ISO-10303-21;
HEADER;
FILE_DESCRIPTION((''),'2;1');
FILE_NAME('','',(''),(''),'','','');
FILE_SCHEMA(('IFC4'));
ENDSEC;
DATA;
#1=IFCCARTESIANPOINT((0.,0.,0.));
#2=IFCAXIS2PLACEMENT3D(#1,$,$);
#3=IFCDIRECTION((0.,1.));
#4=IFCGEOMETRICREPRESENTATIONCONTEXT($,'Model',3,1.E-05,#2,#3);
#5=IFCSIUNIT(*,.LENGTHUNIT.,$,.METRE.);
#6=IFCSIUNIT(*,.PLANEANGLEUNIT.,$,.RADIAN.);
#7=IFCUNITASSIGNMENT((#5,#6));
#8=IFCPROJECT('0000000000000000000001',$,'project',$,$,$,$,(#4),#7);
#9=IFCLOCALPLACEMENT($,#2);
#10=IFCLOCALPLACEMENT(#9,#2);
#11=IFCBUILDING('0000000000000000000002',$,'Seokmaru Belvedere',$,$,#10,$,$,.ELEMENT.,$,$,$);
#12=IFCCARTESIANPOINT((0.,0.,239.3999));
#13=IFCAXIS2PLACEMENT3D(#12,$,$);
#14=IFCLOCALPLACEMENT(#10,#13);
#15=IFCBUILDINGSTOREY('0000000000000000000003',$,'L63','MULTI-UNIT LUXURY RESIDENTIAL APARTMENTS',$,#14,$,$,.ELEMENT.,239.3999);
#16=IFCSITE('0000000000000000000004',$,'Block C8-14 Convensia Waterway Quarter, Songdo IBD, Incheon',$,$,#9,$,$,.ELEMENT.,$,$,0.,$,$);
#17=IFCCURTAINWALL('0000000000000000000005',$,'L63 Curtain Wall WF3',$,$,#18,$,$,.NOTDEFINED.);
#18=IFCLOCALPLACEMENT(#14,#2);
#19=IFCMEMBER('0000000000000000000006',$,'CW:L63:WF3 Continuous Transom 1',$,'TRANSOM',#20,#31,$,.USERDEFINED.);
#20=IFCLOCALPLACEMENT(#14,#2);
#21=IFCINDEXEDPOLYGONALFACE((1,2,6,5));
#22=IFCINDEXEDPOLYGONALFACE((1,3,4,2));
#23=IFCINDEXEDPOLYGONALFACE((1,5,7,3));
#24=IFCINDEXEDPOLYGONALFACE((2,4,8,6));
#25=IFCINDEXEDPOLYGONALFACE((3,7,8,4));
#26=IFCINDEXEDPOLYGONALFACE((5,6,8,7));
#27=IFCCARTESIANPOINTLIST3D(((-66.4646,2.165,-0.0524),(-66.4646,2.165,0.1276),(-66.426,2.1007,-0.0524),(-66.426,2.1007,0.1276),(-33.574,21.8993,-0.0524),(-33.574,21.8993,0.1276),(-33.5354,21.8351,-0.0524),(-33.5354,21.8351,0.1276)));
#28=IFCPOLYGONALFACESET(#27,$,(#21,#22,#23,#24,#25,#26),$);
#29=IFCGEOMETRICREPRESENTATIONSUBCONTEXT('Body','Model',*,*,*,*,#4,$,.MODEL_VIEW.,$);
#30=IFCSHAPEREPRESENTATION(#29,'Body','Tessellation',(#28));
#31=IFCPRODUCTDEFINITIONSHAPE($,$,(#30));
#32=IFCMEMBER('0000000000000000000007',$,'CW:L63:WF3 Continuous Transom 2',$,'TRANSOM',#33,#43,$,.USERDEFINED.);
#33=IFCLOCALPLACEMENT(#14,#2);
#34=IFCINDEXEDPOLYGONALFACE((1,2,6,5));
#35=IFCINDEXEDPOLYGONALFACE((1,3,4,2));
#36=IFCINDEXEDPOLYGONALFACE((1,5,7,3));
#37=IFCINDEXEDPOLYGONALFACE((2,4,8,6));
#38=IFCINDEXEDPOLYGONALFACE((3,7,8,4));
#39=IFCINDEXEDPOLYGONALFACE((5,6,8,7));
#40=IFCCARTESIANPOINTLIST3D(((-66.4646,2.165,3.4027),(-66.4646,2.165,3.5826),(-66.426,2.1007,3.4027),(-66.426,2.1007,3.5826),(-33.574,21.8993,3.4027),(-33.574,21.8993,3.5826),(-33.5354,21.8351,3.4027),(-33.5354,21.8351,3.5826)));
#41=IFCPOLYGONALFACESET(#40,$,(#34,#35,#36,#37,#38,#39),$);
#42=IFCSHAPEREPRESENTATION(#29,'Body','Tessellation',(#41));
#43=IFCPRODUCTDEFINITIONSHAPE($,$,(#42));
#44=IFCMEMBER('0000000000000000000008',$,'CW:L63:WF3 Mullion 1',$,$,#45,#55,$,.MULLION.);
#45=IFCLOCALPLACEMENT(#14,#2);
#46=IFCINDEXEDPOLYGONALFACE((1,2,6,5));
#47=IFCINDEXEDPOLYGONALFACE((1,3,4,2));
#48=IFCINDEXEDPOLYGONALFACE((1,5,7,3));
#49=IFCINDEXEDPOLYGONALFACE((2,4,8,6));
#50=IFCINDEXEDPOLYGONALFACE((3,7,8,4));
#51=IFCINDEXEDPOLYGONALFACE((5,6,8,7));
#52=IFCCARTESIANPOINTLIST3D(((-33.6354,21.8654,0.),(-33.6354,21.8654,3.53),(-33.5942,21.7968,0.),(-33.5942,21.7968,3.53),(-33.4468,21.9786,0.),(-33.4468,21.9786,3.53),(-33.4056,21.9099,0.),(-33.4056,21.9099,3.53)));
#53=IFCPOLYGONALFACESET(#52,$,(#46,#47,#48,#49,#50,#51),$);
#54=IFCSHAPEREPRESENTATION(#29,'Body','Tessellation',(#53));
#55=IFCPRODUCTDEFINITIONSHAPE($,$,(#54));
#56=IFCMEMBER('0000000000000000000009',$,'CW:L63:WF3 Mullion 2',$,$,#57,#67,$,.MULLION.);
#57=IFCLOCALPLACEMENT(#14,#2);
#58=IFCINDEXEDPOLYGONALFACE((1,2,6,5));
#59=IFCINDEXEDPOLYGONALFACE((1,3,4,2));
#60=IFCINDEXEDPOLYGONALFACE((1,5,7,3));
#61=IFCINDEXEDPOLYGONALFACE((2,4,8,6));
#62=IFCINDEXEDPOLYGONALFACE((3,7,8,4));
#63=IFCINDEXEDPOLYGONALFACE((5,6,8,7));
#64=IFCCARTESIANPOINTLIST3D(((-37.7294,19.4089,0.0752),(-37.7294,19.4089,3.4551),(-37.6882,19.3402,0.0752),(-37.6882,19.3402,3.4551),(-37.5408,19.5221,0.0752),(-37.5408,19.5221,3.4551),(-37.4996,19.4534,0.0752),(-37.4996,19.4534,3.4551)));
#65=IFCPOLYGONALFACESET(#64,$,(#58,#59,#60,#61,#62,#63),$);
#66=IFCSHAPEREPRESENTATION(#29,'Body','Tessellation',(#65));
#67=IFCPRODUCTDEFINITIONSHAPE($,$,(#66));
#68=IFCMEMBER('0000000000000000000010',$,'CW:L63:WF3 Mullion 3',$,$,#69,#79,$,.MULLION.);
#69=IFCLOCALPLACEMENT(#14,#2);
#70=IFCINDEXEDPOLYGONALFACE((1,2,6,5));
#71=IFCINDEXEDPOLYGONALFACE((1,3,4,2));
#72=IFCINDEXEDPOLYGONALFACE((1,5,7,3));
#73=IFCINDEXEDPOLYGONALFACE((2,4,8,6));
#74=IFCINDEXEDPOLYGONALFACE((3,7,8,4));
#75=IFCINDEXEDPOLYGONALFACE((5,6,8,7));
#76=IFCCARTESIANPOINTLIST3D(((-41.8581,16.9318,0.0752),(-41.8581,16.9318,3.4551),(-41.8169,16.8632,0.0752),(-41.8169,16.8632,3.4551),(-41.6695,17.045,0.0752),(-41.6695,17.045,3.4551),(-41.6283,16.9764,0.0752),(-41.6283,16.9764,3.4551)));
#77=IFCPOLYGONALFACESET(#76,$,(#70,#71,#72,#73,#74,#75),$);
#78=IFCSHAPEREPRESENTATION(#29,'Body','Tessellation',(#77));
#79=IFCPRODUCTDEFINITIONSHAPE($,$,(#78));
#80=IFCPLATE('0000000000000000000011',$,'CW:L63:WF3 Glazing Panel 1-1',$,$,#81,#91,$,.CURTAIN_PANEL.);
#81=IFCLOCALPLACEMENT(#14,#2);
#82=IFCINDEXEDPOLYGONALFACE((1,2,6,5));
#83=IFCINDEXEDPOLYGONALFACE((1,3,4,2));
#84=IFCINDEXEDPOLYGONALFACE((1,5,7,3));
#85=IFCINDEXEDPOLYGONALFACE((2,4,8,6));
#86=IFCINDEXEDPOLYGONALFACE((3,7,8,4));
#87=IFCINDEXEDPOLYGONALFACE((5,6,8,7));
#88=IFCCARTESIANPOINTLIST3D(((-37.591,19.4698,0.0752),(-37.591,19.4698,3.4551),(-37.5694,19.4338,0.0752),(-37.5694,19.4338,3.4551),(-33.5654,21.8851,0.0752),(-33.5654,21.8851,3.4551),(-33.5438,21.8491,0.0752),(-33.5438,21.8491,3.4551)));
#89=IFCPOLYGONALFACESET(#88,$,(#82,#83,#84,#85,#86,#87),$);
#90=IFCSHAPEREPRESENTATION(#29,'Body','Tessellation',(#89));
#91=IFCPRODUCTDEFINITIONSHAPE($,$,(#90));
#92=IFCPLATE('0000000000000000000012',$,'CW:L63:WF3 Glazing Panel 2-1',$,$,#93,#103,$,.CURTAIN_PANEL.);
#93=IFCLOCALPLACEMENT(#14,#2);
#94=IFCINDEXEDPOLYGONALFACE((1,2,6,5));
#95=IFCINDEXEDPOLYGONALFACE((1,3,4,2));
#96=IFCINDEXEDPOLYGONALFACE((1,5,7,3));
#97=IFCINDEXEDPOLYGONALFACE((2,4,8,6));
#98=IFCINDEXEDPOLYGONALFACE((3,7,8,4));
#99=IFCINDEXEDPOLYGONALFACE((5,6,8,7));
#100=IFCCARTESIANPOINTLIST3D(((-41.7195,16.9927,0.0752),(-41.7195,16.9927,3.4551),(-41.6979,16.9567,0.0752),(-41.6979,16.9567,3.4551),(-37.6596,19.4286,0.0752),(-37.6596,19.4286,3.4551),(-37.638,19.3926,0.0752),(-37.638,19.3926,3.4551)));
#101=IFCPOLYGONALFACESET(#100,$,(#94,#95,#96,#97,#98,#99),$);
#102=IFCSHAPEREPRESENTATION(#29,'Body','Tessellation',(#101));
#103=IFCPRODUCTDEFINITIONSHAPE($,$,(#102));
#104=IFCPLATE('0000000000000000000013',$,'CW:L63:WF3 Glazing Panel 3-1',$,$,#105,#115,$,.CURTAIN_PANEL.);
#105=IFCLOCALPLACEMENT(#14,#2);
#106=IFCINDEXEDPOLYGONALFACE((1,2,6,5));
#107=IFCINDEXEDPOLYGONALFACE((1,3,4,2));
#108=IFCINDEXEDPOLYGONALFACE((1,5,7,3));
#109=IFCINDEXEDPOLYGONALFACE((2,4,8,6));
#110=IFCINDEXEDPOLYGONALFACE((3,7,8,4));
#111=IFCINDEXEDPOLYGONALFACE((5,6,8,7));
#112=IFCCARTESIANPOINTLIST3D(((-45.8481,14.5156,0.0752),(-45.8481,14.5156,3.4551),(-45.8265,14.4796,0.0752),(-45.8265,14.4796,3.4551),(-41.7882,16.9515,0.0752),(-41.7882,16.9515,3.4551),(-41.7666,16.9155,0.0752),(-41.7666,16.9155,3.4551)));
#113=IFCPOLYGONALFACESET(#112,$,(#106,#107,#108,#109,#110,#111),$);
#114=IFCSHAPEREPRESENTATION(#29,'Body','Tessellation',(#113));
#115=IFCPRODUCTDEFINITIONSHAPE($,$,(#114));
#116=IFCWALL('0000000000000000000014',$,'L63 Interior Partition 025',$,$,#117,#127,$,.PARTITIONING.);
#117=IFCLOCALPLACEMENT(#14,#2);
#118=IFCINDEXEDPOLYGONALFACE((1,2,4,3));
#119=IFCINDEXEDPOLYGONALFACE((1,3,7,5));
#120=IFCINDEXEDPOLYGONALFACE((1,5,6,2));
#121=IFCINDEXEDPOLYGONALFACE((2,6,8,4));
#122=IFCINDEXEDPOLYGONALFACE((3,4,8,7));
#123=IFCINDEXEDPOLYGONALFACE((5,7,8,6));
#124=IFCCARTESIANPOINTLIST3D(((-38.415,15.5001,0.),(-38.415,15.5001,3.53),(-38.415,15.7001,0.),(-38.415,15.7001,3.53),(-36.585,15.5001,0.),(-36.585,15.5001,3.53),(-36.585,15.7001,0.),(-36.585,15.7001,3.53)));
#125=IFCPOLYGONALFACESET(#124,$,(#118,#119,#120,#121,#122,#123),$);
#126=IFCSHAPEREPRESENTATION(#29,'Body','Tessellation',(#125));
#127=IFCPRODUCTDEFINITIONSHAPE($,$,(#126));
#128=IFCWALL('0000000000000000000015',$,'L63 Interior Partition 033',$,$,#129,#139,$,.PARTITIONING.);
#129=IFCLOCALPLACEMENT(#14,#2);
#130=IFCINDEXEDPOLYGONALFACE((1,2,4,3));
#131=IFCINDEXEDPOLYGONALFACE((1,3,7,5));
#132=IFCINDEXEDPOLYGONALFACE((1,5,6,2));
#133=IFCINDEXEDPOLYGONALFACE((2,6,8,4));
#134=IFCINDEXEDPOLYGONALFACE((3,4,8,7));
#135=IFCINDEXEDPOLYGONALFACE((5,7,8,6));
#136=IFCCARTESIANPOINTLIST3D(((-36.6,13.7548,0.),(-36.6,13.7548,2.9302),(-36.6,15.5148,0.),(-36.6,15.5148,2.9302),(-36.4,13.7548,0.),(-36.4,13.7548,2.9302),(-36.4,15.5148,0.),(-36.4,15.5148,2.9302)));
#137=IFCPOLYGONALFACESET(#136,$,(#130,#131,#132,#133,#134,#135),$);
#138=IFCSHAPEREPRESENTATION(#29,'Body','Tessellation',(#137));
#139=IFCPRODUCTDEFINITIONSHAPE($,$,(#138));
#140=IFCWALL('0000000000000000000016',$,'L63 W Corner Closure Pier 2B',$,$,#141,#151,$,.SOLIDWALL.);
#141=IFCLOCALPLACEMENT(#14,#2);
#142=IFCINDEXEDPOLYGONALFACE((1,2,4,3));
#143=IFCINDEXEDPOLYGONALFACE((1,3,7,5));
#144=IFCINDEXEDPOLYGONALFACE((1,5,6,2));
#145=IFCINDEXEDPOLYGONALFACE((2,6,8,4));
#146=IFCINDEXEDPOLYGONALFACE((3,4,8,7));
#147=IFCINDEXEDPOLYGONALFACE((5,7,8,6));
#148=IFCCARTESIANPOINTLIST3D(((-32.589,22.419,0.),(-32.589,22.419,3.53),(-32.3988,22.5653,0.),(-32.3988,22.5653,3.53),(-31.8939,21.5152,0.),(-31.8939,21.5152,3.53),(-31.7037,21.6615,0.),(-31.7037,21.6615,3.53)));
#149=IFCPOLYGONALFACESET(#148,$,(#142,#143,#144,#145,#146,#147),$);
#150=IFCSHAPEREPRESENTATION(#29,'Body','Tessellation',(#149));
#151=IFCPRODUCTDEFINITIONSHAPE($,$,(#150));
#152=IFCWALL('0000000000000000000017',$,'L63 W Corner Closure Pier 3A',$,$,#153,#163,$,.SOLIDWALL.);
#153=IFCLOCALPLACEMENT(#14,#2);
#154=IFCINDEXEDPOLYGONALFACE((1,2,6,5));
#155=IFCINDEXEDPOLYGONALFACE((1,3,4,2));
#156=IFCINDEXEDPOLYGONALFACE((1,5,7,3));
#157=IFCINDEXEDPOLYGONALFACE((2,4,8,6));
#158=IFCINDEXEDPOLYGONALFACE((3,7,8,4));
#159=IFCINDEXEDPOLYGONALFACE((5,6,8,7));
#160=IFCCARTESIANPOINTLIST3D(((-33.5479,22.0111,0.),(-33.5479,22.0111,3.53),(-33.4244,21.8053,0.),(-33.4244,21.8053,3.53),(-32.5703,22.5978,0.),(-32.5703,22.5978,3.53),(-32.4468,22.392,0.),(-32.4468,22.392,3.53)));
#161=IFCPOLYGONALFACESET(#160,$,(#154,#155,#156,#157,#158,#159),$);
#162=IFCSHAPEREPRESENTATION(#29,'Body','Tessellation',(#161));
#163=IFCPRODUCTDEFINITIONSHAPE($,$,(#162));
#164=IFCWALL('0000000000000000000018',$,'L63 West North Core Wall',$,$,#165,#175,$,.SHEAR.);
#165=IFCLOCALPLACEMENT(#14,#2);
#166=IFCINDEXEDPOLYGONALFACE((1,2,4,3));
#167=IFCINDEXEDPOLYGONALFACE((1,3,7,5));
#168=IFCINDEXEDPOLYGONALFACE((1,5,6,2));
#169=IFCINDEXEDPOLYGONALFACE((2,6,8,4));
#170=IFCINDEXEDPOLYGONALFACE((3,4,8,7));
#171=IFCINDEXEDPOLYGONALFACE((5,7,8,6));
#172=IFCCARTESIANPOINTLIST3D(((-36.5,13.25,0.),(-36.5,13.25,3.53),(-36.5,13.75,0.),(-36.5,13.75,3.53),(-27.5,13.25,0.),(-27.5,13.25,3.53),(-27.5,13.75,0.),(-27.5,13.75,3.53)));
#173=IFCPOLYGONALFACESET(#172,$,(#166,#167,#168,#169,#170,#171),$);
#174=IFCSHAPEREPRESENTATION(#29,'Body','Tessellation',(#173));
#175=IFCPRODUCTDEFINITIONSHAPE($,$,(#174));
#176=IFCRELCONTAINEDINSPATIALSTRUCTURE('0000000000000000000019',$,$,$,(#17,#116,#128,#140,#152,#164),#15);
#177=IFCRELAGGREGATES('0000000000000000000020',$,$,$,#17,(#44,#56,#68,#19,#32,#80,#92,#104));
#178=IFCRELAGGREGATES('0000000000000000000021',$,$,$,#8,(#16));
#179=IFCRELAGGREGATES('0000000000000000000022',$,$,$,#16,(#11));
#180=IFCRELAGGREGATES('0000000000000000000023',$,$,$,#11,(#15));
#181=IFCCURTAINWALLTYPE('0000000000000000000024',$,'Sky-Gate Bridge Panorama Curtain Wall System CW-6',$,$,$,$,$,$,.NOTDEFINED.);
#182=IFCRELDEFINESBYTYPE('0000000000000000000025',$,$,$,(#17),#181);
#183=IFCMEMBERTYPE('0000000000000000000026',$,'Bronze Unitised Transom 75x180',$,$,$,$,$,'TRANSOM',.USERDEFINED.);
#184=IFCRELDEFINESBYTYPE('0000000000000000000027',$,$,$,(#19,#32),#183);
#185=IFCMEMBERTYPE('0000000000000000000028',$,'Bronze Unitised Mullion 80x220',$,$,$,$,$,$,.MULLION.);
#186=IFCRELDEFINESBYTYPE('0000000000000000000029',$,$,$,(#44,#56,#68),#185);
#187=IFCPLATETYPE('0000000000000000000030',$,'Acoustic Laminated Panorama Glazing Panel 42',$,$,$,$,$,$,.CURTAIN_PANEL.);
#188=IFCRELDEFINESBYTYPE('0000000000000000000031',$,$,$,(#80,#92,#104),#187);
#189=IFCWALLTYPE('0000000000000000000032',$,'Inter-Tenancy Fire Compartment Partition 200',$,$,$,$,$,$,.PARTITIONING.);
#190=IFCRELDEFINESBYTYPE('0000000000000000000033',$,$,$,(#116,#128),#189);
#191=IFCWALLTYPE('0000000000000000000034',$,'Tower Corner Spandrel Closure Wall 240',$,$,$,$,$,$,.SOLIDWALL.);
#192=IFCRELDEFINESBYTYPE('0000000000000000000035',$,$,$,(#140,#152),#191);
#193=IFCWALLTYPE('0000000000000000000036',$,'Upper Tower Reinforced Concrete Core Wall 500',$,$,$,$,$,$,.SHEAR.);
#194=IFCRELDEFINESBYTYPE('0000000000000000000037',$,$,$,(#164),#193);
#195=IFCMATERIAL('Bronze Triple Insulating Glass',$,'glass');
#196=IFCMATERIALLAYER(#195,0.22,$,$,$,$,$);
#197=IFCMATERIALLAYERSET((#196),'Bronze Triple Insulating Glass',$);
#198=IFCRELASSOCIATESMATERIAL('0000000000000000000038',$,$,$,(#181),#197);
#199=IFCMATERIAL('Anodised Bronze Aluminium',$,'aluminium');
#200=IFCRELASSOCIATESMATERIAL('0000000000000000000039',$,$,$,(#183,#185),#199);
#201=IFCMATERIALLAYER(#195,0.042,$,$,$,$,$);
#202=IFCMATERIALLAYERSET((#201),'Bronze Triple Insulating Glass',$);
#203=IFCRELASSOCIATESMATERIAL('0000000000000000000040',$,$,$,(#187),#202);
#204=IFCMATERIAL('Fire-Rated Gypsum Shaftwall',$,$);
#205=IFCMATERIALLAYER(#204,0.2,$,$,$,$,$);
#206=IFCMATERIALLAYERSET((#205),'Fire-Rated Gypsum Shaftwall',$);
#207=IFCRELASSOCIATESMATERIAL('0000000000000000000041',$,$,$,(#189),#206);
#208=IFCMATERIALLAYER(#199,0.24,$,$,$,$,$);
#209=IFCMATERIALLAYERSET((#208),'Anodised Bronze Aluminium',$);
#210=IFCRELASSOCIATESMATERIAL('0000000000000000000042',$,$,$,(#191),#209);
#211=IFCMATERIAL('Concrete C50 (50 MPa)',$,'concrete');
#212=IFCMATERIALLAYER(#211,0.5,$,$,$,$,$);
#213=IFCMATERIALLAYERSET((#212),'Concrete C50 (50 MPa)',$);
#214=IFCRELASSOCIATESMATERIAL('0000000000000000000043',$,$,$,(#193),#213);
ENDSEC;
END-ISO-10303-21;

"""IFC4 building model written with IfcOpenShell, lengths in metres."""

from ifc_helpers import new_model, si_unit, direction, frame, frame_2d, origin, origin_2d, place, context, subcontext, project, spatial, rectangle, extrude, source, transform, mapped, material, layer, layer_set, material_profile, profile_set, type_object, type_shapes, element, aggregate, save


model = new_model("IFC4")

# Units and contexts
model_context = context("Model", 3, precision=1e-05, world=origin(), true_north=direction((0.0, 1.0)))
body_context = subcontext(model_context, "Body", "Model", "MODEL_VIEW")
ifc_project = project(units=[si_unit("LENGTHUNIT", "METRE"), si_unit("PLANEANGLEUNIT", "RADIAN")], contexts=[model_context])

# Site, building, storey
site_placement = place(None, origin())
site = spatial("IfcSite", under=ifc_project, at=site_placement, Name="Block C8-14 Convensia Waterway Quarter, Songdo IBD, Incheon", CompositionType="ELEMENT", RefElevation=0.0)
building_placement = place(site_placement, origin())
building = spatial("IfcBuilding", under=site, at=building_placement, Name="Seokmaru Belvedere", CompositionType="ELEMENT")
storey_placement = place(building_placement, frame((0.0, 0.0, 239.3999)))
storey = spatial("IfcBuildingStorey", under=building, at=storey_placement, Name="L63", Description="MULTI-UNIT LUXURY RESIDENTIAL APARTMENTS", CompositionType="ELEMENT", Elevation=239.3999)

# Curtain wall, members, plates
ifc_material_1 = material(Name="Bronze Triple Insulating Glass", Category="glass")
ifc_layer_1 = layer(ifc_material_1, 0.22)
ifc_layer_set_1 = layer_set([ifc_layer_1], Name="Bronze Triple Insulating Glass")
curtain_wall_type = type_object("IfcCurtainWallType", Name="Sky-Gate Bridge Panorama Curtain Wall System CW-6", PredefinedType="NOTDEFINED", material=ifc_layer_set_1)
curtain_wall_placement = place(storey_placement, origin())
curtain_wall = element("IfcCurtainWall", 1, at=curtain_wall_placement, inside=storey, type_object=curtain_wall_type, Name="L63 Curtain Wall WF3", PredefinedType="NOTDEFINED")
ifc_material_2 = material(Name="Anodised Bronze Aluminium", Category="aluminium")
ifc_material_profile_1 = material_profile(ifc_material_2, rectangle(XDim=0.075, YDim=0.1799, at=origin_2d()), Name="CW-T-75x180")
ifc_profile_set_1 = profile_set([ifc_material_profile_1], Name="Anodised Bronze Aluminium")
member_type_1 = type_object("IfcMemberType", Name="Bronze Unitised Transom 75x180", ElementType="TRANSOM", PredefinedType="USERDEFINED", material=ifc_profile_set_1)
shared_shape_1 = source(origin(), body_context, "Body", "SweptSolid", [
    extrude(rectangle(XDim=0.075, YDim=0.1799, at=origin_2d()), origin(), (0.0, 0.0, 1.0), 38.3567),
])
type_shapes(member_type_1, [shared_shape_1])
member_1_placement = place(storey_placement, frame((-33.5547, 21.8672, 0.0376), z_axis=(-0.857493, -0.514496, 0.0), x_axis=(0.514496, -0.857493, 0.0)))
member_1 = element("IfcMember", 2, at=member_1_placement, type_object=member_type_1, Name="CW:L63:WF3 Continuous Transom 1", ObjectType="TRANSOM", PredefinedType="USERDEFINED", context=body_context, shape_type="MappedRepresentation", body=[
    mapped(shared_shape_1, transform((0.0, 0.0, 0.0), scale=1.0)),
])
member_2_placement = place(storey_placement, frame((-33.5547, 21.8672, 3.4927), z_axis=(-0.857493, -0.514496, 0.0), x_axis=(0.514496, -0.857493, 0.0)))
member_2 = element("IfcMember", 3, at=member_2_placement, type_object=member_type_1, Name="CW:L63:WF3 Continuous Transom 2", ObjectType="TRANSOM", PredefinedType="USERDEFINED", context=body_context, shape_type="MappedRepresentation", body=[
    mapped(shared_shape_1, transform((0.0, 0.0, 0.0), scale=1.0)),
])
ifc_material_profile_2 = material_profile(ifc_material_2, rectangle(XDim=0.0801, YDim=0.22, at=origin_2d()), Name="CW-M-80x220")
ifc_profile_set_2 = profile_set([ifc_material_profile_2], Name="Anodised Bronze Aluminium")
member_type_2 = type_object("IfcMemberType", Name="Bronze Unitised Mullion 80x220", PredefinedType="MULLION", material=ifc_profile_set_2)
shared_shape_2 = source(origin(), body_context, "Body", "SweptSolid", [
    extrude(rectangle(XDim=0.0801, YDim=0.22, at=origin_2d()), origin(), (0.0, 0.0, 1.0), 3.53),
])
member_3_placement = place(storey_placement, frame((-33.5205, 21.8877, 0.0), z_axis=(0.0, 0.0, 1.0), x_axis=(0.514495, -0.857493, 0.0)))
member_3 = element("IfcMember", 4, at=member_3_placement, type_object=member_type_2, Name="CW:L63:WF3 Mullion 1", PredefinedType="MULLION", context=body_context, shape_type="MappedRepresentation", body=[
    mapped(shared_shape_2, transform((0.0, 0.0, 0.0), scale=1.0)),
])
shared_shape_3 = source(origin(), body_context, "Body", "SweptSolid", [
    extrude(rectangle(XDim=0.0801, YDim=0.22, at=origin_2d()), origin(), (0.0, 0.0, 1.0), 3.3799),
])
type_shapes(member_type_2, [shared_shape_2, shared_shape_3])
member_4_placement = place(storey_placement, frame((-37.6145, 19.4312, 0.0752), z_axis=(0.0, 0.0, 1.0), x_axis=(0.514495, -0.857493, 0.0)))
member_4 = element("IfcMember", 5, at=member_4_placement, type_object=member_type_2, Name="CW:L63:WF3 Mullion 2", PredefinedType="MULLION", context=body_context, shape_type="MappedRepresentation", body=[
    mapped(shared_shape_3, transform((0.0, 0.0, 0.0), scale=1.0)),
])
member_5_placement = place(storey_placement, frame((-41.7432, 16.9541, 0.0752), z_axis=(0.0, 0.0, 1.0), x_axis=(0.514495, -0.857493, 0.0)))
member_5 = element("IfcMember", 6, at=member_5_placement, type_object=member_type_2, Name="CW:L63:WF3 Mullion 3", PredefinedType="MULLION", context=body_context, shape_type="MappedRepresentation", body=[
    mapped(shared_shape_3, transform((0.0, 0.0, 0.0), scale=1.0)),
])
ifc_layer_2 = layer(ifc_material_1, 0.042)
ifc_layer_set_2 = layer_set([ifc_layer_2], Name="Bronze Triple Insulating Glass")
plate_type = type_object("IfcPlateType", Name="Acoustic Laminated Panorama Glazing Panel 42", PredefinedType="CURTAIN_PANEL", material=ifc_layer_set_2)
shared_shape_4 = source(origin(), body_context, "Body", "SweptSolid", [
    extrude(rectangle(XDim=4.6946, YDim=0.042, at=origin_2d()), origin(), (0.0, 0.0, 1.0), 3.3799),
])
plate_1_placement = place(storey_placement, frame((-35.5674, 20.6594, 0.0752), z_axis=(0.0, 0.0, 1.0), x_axis=(-0.857493, -0.514495, 0.0)))
plate_1 = element("IfcPlate", 7, at=plate_1_placement, type_object=plate_type, Name="CW:L63:WF3 Glazing Panel 1-1", PredefinedType="CURTAIN_PANEL", context=body_context, shape_type="MappedRepresentation", body=[
    mapped(shared_shape_4, transform((0.0, 0.0, 0.0), scale=1.0)),
])
shared_shape_5 = source(origin(), body_context, "Body", "SweptSolid", [
    extrude(rectangle(XDim=4.7346, YDim=0.042, at=origin_2d()), origin(), (0.0, 0.0, 1.0), 3.3799),
])
type_shapes(plate_type, [shared_shape_4, shared_shape_5])
plate_2_placement = place(storey_placement, frame((-39.6787, 18.1926, 0.0752), z_axis=(0.0, 0.0, 1.0), x_axis=(-0.857493, -0.514495, 0.0)))
plate_2 = element("IfcPlate", 8, at=plate_2_placement, type_object=plate_type, Name="CW:L63:WF3 Glazing Panel 2-1", PredefinedType="CURTAIN_PANEL", context=body_context, shape_type="MappedRepresentation", body=[
    mapped(shared_shape_5, transform((0.0, 0.0, 0.0), scale=1.0)),
])
plate_3_placement = place(storey_placement, frame((-43.8074, 15.7156, 0.0752), z_axis=(0.0, 0.0, 1.0), x_axis=(-0.857493, -0.514495, 0.0)))
plate_3 = element("IfcPlate", 9, at=plate_3_placement, type_object=plate_type, Name="CW:L63:WF3 Glazing Panel 3-1", PredefinedType="CURTAIN_PANEL", context=body_context, shape_type="MappedRepresentation", body=[
    mapped(shared_shape_5, transform((0.0, 0.0, 0.0), scale=1.0)),
])
aggregate(curtain_wall, [member_3, member_4, member_5, member_1, member_2, plate_1, plate_2, plate_3])

# Walls
ifc_material_3 = material(Name="Fire-Rated Gypsum Shaftwall")
ifc_layer_3 = layer(ifc_material_3, 0.2)
ifc_layer_set_3 = layer_set([ifc_layer_3], Name="Fire-Rated Gypsum Shaftwall")
wall_type_1 = type_object("IfcWallType", Name="Inter-Tenancy Fire Compartment Partition 200", PredefinedType="PARTITIONING", material=ifc_layer_set_3)
wall_1_placement = place(storey_placement, frame((-38.415, 15.6001, 0.0), z_axis=(0.0, 0.0, 1.0), x_axis=(1.0, 0.0, 0.0)))
element("IfcWall", 10, at=wall_1_placement, inside=storey, type_object=wall_type_1, Name="L63 Interior Partition 025", PredefinedType="PARTITIONING", context=body_context, shape_type="SweptSolid", body=[
    extrude(rectangle(XDim=1.8301, YDim=0.2, at=frame_2d((0.915, 0.0))), origin(), (0.0, 0.0, 1.0), 3.53),
])
wall_2_placement = place(storey_placement, frame((-36.5, 13.7549, 0.0), z_axis=(0.0, 0.0, 1.0), x_axis=(0.0, 1.0, 0.0)))
element("IfcWall", 11, at=wall_2_placement, inside=storey, type_object=wall_type_1, Name="L63 Interior Partition 033", PredefinedType="PARTITIONING", context=body_context, shape_type="SweptSolid", body=[
    extrude(rectangle(XDim=1.76, YDim=0.2, at=frame_2d((0.8799, 0.0))), origin(), (0.0, 0.0, 1.0), 2.9302),
])
ifc_layer_4 = layer(ifc_material_2, 0.24)
ifc_layer_set_4 = layer_set([ifc_layer_4], Name="Anodised Bronze Aluminium")
wall_type_2 = type_object("IfcWallType", Name="Tower Corner Spandrel Closure Wall 240", PredefinedType="SOLIDWALL", material=ifc_layer_set_4)
for number, where, z_axis, x_axis, name in (
    (12, (-31.7988, 21.5884, 0.0), (0.0, 0.0, 1.0), (-0.609618, 0.792696, 0.0), "L63 W Corner Closure Pier 2B"),
    (13, (-32.5085, 22.4949, 0.0), (0.0, 0.0, 1.0), (-0.857436, -0.51459, 0.0), "L63 W Corner Closure Pier 3A"),
):
    element("IfcWall", number, at=place(storey_placement, frame(where, z_axis=z_axis, x_axis=x_axis)), inside=storey, type_object=wall_type_2, Name=name, PredefinedType="SOLIDWALL", context=body_context, shape_type="SweptSolid", body=[
        extrude(rectangle(XDim=1.1401, YDim=0.24, at=frame_2d((0.5701, 0.0))), origin(), (0.0, 0.0, 1.0), 3.53),
    ])
ifc_material_4 = material(Name="Concrete C50 (50 MPa)", Category="concrete")
ifc_layer_5 = layer(ifc_material_4, 0.5)
ifc_layer_set_5 = layer_set([ifc_layer_5], Name="Concrete C50 (50 MPa)")
wall_type_3 = type_object("IfcWallType", Name="Upper Tower Reinforced Concrete Core Wall 500", PredefinedType="SHEAR", material=ifc_layer_set_5)
wall_3_placement = place(storey_placement, frame((-36.5, 13.5, 0.0), z_axis=(0.0, 0.0, 1.0), x_axis=(1.0, 0.0, 0.0)))
element("IfcWall", 14, at=wall_3_placement, inside=storey, type_object=wall_type_3, Name="L63 West North Core Wall", PredefinedType="SHEAR", context=body_context, shape_type="SweptSolid", body=[
    extrude(rectangle(XDim=9.0, YDim=0.5, at=frame_2d((4.5, 0.0))), origin(), (0.0, 0.0, 1.0), 3.53),
])

save(model, "model.ifc")
